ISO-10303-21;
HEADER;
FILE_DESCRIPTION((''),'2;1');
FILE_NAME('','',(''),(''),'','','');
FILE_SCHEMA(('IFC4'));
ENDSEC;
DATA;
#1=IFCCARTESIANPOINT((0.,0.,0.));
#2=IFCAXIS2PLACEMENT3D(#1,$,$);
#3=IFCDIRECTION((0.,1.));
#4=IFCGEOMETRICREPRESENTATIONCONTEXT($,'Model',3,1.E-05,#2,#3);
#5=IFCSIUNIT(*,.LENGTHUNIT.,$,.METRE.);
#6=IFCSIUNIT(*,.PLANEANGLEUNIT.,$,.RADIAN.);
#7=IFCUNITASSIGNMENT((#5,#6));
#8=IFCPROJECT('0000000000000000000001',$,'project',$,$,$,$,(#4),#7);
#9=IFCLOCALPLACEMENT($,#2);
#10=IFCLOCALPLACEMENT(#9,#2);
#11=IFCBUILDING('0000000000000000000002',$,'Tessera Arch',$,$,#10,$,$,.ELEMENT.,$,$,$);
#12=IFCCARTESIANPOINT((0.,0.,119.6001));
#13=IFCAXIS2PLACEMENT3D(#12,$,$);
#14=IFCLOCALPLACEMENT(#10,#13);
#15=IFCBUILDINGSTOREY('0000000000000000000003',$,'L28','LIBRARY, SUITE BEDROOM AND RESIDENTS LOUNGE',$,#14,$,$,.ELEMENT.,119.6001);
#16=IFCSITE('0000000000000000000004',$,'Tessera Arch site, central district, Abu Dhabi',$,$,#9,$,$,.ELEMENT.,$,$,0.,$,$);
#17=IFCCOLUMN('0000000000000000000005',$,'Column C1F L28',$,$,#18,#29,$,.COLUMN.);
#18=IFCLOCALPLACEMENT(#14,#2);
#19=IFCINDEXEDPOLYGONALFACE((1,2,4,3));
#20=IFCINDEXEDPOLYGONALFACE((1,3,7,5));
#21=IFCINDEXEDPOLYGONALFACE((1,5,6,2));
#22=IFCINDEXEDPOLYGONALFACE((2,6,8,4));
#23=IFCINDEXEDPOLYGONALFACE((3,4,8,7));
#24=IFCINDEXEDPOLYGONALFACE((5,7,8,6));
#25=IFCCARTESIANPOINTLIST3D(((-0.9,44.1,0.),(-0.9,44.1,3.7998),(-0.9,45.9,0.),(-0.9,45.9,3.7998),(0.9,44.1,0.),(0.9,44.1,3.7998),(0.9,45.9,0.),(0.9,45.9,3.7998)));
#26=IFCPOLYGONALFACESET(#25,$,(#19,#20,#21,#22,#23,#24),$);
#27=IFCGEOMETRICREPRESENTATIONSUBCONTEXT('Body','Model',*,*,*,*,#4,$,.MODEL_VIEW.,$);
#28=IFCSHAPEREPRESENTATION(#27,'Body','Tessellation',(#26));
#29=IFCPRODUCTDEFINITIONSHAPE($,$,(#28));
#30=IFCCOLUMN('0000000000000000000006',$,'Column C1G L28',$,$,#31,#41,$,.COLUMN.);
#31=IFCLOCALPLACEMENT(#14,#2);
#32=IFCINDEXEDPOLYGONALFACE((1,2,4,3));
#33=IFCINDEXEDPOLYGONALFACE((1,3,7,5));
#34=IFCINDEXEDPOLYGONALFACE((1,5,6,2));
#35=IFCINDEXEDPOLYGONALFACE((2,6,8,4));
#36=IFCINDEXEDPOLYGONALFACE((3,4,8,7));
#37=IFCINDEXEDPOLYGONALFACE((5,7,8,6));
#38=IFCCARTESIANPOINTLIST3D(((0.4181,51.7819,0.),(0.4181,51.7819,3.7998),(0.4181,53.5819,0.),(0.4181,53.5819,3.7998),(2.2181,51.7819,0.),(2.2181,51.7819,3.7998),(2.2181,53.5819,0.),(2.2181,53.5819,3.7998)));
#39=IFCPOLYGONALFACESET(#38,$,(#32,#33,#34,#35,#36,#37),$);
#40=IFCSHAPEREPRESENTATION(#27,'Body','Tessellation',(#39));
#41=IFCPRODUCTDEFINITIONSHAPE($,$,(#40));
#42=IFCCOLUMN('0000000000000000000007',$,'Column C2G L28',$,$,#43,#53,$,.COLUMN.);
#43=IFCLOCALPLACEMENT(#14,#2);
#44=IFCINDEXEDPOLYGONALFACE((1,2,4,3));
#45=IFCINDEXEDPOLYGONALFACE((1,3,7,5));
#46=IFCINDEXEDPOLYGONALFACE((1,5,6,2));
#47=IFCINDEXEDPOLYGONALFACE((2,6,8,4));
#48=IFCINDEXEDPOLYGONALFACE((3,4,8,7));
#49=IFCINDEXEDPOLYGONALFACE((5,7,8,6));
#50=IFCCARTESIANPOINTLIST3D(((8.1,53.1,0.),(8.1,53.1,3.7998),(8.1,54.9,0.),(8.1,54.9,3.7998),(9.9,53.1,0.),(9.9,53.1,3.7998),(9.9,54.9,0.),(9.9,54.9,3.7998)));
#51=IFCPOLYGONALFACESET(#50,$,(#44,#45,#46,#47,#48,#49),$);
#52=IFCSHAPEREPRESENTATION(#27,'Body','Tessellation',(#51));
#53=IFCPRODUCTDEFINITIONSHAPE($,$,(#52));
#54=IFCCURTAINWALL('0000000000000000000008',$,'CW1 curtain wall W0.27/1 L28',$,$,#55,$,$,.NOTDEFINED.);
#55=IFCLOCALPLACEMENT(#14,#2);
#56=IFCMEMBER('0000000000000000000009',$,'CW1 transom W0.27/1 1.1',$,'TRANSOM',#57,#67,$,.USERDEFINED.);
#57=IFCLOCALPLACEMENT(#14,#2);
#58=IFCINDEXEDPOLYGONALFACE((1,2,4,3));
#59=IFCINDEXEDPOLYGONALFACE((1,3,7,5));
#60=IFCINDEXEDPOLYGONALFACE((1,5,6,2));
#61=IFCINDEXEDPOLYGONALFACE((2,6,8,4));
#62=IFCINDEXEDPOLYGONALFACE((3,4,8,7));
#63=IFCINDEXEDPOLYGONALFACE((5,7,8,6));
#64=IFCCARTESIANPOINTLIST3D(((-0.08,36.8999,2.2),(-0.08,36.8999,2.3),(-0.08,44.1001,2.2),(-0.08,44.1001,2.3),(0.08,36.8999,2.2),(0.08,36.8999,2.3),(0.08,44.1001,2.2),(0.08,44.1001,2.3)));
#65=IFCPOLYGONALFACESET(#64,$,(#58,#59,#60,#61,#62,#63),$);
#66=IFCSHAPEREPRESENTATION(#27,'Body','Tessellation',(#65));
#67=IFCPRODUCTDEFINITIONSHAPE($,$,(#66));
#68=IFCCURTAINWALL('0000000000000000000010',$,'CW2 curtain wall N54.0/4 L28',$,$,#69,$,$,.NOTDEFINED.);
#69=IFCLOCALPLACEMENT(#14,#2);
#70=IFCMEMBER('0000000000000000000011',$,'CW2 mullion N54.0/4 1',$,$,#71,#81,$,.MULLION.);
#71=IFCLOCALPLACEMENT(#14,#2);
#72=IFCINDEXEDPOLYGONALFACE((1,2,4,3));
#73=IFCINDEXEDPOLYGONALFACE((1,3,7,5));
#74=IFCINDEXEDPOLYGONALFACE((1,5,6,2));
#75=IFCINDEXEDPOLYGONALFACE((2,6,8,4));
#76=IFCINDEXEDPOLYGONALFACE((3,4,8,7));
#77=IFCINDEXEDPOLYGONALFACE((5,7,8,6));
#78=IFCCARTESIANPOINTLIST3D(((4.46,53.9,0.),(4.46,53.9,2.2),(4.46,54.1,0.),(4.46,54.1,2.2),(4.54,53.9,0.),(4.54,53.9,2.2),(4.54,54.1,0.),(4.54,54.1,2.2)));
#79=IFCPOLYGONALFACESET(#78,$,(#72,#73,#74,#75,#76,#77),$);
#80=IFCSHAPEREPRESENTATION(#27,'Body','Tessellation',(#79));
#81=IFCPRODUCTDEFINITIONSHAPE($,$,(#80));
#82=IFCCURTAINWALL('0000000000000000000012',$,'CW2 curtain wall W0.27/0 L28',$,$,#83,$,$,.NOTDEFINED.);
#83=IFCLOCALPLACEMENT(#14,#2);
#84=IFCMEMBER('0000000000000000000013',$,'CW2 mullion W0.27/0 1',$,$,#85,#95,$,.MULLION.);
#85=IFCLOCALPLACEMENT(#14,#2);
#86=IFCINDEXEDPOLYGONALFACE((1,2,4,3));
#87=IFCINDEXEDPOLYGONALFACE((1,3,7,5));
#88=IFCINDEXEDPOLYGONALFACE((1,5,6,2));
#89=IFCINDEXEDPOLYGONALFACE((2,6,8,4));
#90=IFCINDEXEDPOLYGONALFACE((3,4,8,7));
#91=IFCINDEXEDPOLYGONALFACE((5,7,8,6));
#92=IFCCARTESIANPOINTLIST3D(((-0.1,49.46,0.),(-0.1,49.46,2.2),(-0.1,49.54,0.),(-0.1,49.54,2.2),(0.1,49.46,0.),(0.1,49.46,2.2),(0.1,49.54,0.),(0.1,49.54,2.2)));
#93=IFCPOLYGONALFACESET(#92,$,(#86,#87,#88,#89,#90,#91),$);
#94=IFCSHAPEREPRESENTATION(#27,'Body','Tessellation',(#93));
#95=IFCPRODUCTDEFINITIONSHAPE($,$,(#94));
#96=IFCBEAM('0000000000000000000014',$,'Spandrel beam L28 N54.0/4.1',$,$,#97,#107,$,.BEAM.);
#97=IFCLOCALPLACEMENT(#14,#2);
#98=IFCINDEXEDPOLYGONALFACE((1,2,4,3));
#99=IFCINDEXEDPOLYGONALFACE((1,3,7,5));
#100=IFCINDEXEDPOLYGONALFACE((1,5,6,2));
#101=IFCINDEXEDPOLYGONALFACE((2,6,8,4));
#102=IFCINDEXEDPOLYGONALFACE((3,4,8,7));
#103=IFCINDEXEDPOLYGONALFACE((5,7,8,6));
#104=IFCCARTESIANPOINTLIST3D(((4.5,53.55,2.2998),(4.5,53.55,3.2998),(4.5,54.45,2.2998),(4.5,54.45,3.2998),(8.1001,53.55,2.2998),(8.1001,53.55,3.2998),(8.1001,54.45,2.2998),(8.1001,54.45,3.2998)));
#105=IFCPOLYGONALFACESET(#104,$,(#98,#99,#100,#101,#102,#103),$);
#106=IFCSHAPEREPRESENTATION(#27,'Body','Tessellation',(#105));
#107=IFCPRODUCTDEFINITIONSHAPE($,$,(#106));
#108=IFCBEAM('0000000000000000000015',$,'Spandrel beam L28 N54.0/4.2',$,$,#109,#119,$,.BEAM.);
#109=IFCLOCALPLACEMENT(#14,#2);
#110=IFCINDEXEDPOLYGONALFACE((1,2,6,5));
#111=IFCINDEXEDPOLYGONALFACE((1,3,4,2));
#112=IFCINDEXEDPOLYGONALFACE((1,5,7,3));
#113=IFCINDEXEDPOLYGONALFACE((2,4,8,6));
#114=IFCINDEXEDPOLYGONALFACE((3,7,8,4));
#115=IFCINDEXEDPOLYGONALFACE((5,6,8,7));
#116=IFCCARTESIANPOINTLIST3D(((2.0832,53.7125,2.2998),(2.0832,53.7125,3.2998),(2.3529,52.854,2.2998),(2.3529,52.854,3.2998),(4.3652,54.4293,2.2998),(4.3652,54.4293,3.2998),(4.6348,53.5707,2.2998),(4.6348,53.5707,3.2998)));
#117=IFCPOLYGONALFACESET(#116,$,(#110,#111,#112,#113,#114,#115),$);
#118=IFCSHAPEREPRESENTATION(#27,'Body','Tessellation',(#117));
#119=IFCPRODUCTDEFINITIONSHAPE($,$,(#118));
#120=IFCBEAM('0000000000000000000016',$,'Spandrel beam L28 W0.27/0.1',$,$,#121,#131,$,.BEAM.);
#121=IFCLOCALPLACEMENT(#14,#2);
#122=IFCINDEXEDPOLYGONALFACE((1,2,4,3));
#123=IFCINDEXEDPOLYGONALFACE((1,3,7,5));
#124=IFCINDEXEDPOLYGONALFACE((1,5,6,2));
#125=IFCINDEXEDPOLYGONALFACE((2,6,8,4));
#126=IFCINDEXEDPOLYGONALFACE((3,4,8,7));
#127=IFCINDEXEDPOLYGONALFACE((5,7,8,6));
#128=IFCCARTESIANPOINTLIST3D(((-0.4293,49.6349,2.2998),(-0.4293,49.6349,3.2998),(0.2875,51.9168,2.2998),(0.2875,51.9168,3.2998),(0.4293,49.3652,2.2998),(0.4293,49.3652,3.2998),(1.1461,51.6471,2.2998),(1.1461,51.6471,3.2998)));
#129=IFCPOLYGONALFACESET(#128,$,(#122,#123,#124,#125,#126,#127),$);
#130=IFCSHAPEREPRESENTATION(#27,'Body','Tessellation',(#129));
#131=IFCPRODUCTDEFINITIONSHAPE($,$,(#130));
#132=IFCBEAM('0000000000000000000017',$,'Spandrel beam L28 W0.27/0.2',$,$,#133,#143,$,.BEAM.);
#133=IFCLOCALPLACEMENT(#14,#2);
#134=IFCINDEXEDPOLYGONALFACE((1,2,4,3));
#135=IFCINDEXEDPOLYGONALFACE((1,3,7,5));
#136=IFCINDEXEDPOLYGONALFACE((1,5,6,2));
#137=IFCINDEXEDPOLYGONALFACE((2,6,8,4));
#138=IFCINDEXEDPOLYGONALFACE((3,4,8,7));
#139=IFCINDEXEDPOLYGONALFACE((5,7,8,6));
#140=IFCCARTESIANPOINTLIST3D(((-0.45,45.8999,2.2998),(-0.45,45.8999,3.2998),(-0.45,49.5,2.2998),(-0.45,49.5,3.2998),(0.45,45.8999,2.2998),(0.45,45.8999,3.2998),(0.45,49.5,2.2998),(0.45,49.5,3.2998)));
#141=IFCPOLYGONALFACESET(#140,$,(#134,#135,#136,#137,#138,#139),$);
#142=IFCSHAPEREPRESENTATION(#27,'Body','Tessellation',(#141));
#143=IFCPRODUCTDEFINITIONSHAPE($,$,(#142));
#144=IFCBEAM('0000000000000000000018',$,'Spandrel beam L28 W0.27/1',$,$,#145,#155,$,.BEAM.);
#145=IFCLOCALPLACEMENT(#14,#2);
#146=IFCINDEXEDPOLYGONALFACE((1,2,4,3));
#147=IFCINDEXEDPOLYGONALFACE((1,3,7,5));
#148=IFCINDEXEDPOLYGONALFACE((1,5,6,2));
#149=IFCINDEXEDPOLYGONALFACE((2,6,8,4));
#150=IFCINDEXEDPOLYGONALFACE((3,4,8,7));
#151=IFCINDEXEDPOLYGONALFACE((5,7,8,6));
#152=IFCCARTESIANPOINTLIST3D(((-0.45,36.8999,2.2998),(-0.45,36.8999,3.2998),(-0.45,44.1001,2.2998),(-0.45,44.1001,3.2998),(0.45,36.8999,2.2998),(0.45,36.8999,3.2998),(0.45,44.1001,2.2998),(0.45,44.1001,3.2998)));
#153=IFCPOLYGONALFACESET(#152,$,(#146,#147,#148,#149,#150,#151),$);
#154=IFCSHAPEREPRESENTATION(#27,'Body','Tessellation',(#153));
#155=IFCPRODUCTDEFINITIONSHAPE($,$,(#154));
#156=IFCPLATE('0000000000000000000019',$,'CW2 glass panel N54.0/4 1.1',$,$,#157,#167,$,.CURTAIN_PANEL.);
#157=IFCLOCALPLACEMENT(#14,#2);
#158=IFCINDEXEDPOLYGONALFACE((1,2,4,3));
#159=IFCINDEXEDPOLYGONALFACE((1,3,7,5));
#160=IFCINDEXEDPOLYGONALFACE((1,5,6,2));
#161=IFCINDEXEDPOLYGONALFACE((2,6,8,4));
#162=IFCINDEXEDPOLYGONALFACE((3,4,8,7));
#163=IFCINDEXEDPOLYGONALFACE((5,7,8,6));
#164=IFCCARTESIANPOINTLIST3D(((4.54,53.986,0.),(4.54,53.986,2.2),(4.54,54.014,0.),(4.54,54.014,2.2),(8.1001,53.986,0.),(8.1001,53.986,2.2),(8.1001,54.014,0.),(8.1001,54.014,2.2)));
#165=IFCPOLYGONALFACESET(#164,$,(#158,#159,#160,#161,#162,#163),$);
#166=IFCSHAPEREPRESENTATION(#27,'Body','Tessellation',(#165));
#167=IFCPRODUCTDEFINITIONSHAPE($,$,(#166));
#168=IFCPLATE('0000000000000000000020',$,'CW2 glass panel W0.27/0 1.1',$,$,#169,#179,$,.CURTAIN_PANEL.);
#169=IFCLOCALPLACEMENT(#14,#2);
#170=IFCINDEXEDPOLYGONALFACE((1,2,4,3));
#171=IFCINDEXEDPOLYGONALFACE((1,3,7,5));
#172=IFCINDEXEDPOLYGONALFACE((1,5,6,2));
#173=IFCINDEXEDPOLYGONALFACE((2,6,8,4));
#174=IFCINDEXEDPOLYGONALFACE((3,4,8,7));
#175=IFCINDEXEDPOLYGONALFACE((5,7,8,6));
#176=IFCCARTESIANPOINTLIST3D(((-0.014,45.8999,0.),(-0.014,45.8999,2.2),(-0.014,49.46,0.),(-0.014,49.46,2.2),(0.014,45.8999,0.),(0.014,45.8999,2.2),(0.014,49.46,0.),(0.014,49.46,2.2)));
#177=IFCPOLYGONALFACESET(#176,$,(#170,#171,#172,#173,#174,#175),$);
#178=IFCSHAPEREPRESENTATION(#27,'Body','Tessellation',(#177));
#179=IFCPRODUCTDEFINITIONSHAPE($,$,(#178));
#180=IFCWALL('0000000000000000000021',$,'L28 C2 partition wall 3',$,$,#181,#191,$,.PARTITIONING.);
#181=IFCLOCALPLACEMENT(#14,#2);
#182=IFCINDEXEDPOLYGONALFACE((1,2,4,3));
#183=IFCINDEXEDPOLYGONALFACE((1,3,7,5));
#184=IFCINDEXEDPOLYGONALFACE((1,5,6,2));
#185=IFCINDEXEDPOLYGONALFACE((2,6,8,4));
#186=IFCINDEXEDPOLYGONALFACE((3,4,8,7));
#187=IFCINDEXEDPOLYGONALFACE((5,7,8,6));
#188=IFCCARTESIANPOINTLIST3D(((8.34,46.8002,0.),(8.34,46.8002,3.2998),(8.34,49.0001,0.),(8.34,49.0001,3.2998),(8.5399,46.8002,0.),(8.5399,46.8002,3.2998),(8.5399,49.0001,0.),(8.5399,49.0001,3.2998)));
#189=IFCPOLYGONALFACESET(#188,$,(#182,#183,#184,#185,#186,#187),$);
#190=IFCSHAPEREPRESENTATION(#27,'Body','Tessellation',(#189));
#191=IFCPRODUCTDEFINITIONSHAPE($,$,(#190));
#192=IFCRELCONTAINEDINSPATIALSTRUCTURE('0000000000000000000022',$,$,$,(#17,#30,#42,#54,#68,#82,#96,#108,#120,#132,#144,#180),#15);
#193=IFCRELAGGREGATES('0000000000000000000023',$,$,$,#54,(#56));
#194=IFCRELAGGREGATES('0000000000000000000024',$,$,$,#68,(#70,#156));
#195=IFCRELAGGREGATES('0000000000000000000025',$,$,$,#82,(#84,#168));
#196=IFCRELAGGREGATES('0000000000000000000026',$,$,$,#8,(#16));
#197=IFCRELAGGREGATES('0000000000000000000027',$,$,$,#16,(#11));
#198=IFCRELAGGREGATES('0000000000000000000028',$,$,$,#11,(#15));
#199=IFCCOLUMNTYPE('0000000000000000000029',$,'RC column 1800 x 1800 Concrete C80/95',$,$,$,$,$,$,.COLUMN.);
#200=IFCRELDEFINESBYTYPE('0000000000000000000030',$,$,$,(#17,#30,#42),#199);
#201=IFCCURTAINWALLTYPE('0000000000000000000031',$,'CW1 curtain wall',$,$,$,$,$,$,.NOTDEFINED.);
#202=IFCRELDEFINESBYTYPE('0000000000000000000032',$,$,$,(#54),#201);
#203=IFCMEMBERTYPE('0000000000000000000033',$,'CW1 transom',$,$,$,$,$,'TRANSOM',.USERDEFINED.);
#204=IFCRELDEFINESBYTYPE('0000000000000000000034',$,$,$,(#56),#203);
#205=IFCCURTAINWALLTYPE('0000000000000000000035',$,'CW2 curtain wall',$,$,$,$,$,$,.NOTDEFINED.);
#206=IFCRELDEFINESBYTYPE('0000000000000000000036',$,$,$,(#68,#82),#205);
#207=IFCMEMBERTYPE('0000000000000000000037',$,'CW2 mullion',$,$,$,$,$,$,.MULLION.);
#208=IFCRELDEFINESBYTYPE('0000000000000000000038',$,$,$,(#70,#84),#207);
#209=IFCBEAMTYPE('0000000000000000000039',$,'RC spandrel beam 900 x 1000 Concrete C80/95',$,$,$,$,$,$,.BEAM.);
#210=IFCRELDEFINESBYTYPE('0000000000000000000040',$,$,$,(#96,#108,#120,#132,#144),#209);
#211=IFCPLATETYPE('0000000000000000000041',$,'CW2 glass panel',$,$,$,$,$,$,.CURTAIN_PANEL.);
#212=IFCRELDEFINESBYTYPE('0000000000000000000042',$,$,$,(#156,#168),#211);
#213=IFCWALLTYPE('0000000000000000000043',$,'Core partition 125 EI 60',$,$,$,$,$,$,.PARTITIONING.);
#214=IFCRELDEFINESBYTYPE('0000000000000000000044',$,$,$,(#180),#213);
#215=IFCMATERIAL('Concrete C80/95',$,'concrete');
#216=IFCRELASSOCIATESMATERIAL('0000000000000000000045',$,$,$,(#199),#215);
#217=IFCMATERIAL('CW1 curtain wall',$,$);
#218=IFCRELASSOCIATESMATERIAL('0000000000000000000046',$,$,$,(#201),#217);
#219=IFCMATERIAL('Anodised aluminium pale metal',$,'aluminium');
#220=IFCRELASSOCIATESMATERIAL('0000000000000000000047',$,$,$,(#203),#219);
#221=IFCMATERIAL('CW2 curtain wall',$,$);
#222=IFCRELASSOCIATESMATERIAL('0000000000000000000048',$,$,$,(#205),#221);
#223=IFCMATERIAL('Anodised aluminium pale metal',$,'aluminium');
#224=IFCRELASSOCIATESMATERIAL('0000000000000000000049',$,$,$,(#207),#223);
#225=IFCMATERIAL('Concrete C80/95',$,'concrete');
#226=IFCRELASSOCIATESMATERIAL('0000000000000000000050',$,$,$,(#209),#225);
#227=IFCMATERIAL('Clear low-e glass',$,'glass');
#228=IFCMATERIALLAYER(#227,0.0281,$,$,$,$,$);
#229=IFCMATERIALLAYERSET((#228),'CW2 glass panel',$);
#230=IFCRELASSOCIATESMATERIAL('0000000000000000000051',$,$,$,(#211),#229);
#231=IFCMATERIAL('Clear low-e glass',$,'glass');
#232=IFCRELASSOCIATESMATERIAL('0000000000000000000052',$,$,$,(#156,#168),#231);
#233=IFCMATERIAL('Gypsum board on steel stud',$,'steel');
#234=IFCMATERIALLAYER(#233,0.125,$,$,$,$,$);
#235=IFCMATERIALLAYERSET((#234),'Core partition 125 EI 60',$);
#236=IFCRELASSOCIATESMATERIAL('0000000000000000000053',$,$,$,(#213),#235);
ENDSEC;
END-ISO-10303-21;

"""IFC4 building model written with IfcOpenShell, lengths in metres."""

from ifc_helpers import new_model, si_unit, direction, frame, frame_2d, origin, origin_2d, place, context, subcontext, project, spatial, rectangle, extrude, material, layer, layer_set, material_profile, profile_set, type_object, element, aggregate, save


model = new_model("IFC4")

# Units and contexts
model_context = context("Model", 3, precision=1e-05, world=origin(), true_north=direction((0.0, 1.0)))
body_context = subcontext(model_context, "Body", "Model", "MODEL_VIEW")
ifc_project = project(units=[si_unit("LENGTHUNIT", "METRE"), si_unit("PLANEANGLEUNIT", "RADIAN")], contexts=[model_context])

# Site, building, storey
site_placement = place(None, origin())
site = spatial("IfcSite", under=ifc_project, at=site_placement, Name="Tessera Arch site, central district, Abu Dhabi", CompositionType="ELEMENT", RefElevation=0.0)
building_placement = place(site_placement, origin())
building = spatial("IfcBuilding", under=site, at=building_placement, Name="Tessera Arch", CompositionType="ELEMENT")
storey_placement = place(building_placement, frame((0.0, 0.0, 119.6001)))
storey = spatial("IfcBuildingStorey", under=building, at=storey_placement, Name="L28", Description="LIBRARY, SUITE BEDROOM AND RESIDENTS LOUNGE", CompositionType="ELEMENT", Elevation=119.6001)

# Columns
ifc_material_1 = material(Name="Concrete C80/95", Category="concrete")
ifc_material_profile_1 = material_profile(ifc_material_1, rectangle(XDim=1.8, YDim=1.8, at=origin_2d()), Name="RC column 1800 x 1800 Concrete C80/95")
ifc_profile_set_1 = profile_set([ifc_material_profile_1], Name="Concrete C80/95")
column_type = type_object("IfcColumnType", Name="RC column 1800 x 1800 Concrete C80/95", PredefinedType="COLUMN", material=ifc_profile_set_1)
for number, where, z_axis, x_axis, name in (
    (1, (0.0, 45.0, 0.0), (0.0, 0.0, 1.0), (1.0, 0.0, 0.0), "Column C1F L28"),
    (2, (1.3181, 52.6819, 0.0), (0.0, 0.0, 1.0), (1.0, 0.0, 0.0), "Column C1G L28"),
    (3, (9.0, 54.0, 0.0), (0.0, 0.0, 1.0), (1.0, 0.0, 0.0), "Column C2G L28"),
):
    element("IfcColumn", number, at=place(storey_placement, frame(where, z_axis=z_axis, x_axis=x_axis)), inside=storey, type_object=column_type, Name=name, PredefinedType="COLUMN", context=body_context, shape_type="SweptSolid", body=[
        extrude(rectangle(XDim=1.8, YDim=1.8, at=origin_2d()), origin(), (0.0, 0.0, 1.0), 3.7998),
    ])

# Curtain walls, members
ifc_material_2 = material(Name="CW1 curtain wall")
curtain_wall_type_1 = type_object("IfcCurtainWallType", Name="CW1 curtain wall", PredefinedType="NOTDEFINED", material=ifc_material_2)
curtain_wall_1_placement = place(storey_placement, origin())
curtain_wall_1 = element("IfcCurtainWall", 4, at=curtain_wall_1_placement, inside=storey, type_object=curtain_wall_type_1, Name="CW1 curtain wall W0.27/1 L28", PredefinedType="NOTDEFINED")
ifc_material_3 = material(Name="Anodised aluminium pale metal", Category="aluminium")
ifc_material_profile_2 = material_profile(ifc_material_3, rectangle(XDim=0.1599, YDim=0.1001, at=origin_2d()), Name="AL 160x100")
ifc_profile_set_2 = profile_set([ifc_material_profile_2], Name="Anodised aluminium pale metal")
member_type_1 = type_object("IfcMemberType", Name="CW1 transom", ElementType="TRANSOM", PredefinedType="USERDEFINED", material=ifc_profile_set_2)
member_1_placement = place(storey_placement, frame((0.0, 44.1001, 2.25), z_axis=(0.0, -1.0, 0.0), x_axis=(1.0, 0.0, 0.0)))
member_1 = element("IfcMember", 5, at=member_1_placement, type_object=member_type_1, Name="CW1 transom W0.27/1 1.1", ObjectType="TRANSOM", PredefinedType="USERDEFINED", context=body_context, shape_type="SweptSolid", body=[
    extrude(rectangle(XDim=0.1599, YDim=0.1001, at=origin_2d()), origin(), (0.0, 0.0, 1.0), 7.2002),
])
aggregate(curtain_wall_1, [member_1])
ifc_material_4 = material(Name="CW2 curtain wall")
curtain_wall_type_2 = type_object("IfcCurtainWallType", Name="CW2 curtain wall", PredefinedType="NOTDEFINED", material=ifc_material_4)
curtain_wall_2_placement = place(storey_placement, origin())
curtain_wall_2 = element("IfcCurtainWall", 6, at=curtain_wall_2_placement, inside=storey, type_object=curtain_wall_type_2, Name="CW2 curtain wall N54.0/4 L28", PredefinedType="NOTDEFINED")
ifc_material_5 = material(Name="Anodised aluminium pale metal", Category="aluminium")
ifc_material_profile_3 = material_profile(ifc_material_5, rectangle(XDim=0.2, YDim=0.0801, at=origin_2d()), Name="AL 80x200")
ifc_profile_set_3 = profile_set([ifc_material_profile_3], Name="Anodised aluminium pale metal")
member_type_2 = type_object("IfcMemberType", Name="CW2 mullion", PredefinedType="MULLION", material=ifc_profile_set_3)
member_2_placement = place(storey_placement, frame((4.5, 54.0, 0.0), z_axis=(0.0, 0.0, 1.0), x_axis=(0.0, -1.0, 0.0)))
member_2 = element("IfcMember", 7, at=member_2_placement, type_object=member_type_2, Name="CW2 mullion N54.0/4 1", PredefinedType="MULLION", context=body_context, shape_type="SweptSolid", body=[
    extrude(rectangle(XDim=0.2, YDim=0.0801, at=origin_2d()), origin(), (0.0, 0.0, 1.0), 2.2),
])
curtain_wall_3_placement = place(storey_placement, origin())
curtain_wall_3 = element("IfcCurtainWall", 8, at=curtain_wall_3_placement, inside=storey, type_object=curtain_wall_type_2, Name="CW2 curtain wall W0.27/0 L28", PredefinedType="NOTDEFINED")
member_3_placement = place(storey_placement, frame((0.0, 49.5, 0.0), z_axis=(0.0, 0.0, 1.0), x_axis=(1.0, 0.0, 0.0)))
member_3 = element("IfcMember", 9, at=member_3_placement, type_object=member_type_2, Name="CW2 mullion W0.27/0 1", PredefinedType="MULLION", context=body_context, shape_type="SweptSolid", body=[
    extrude(rectangle(XDim=0.2, YDim=0.0801, at=origin_2d()), origin(), (0.0, 0.0, 1.0), 2.2),
])

# Beams
ifc_material_6 = material(Name="Concrete C80/95", Category="concrete")
ifc_material_profile_4 = material_profile(ifc_material_6, rectangle(XDim=0.8999, YDim=1.0, at=origin_2d()), Name="RC spandrel beam 900 x 1000 Concrete C80/95")
ifc_profile_set_4 = profile_set([ifc_material_profile_4], Name="Concrete C80/95")
beam_type = type_object("IfcBeamType", Name="RC spandrel beam 900 x 1000 Concrete C80/95", PredefinedType="BEAM", material=ifc_profile_set_4)
beam_1_placement = place(storey_placement, frame((8.1001, 54.0, 2.7998), z_axis=(-1.0, 0.0, 0.0), x_axis=(0.0, -1.0, 0.0)))
element("IfcBeam", 10, at=beam_1_placement, inside=storey, type_object=beam_type, Name="Spandrel beam L28 N54.0/4.1", PredefinedType="BEAM", context=body_context, shape_type="SweptSolid", body=[
    extrude(rectangle(XDim=0.8999, YDim=1.0, at=origin_2d()), origin(), (0.0, 0.0, 1.0), 3.6001),
])
for number, where, z_axis, x_axis, name in (
    (11, (4.5, 54.0, 2.7998), (-0.954041, -0.299675, 0.0), (0.299675, -0.954041, 0.0), "Spandrel beam L28 N54.0/4.2"),
    (12, (0.7168, 51.782, 2.7998), (-0.299675, -0.954041, 0.0), (0.954041, -0.299675, 0.0), "Spandrel beam L28 W0.27/0.1"),
):
    element("IfcBeam", number, at=place(storey_placement, frame(where, z_axis=z_axis, x_axis=x_axis)), inside=storey, type_object=beam_type, Name=name, PredefinedType="BEAM", context=body_context, shape_type="SweptSolid", body=[
        extrude(rectangle(XDim=0.8999, YDim=1.0, at=origin_2d()), origin(), (0.0, 0.0, 1.0), 2.3918),
    ])
beam_2_placement = place(storey_placement, frame((0.0, 49.5, 2.7998), z_axis=(0.0, -1.0, 0.0), x_axis=(1.0, 0.0, 0.0)))
element("IfcBeam", 13, at=beam_2_placement, inside=storey, type_object=beam_type, Name="Spandrel beam L28 W0.27/0.2", PredefinedType="BEAM", context=body_context, shape_type="SweptSolid", body=[
    extrude(rectangle(XDim=0.8999, YDim=1.0, at=origin_2d()), origin(), (0.0, 0.0, 1.0), 3.6001),
])
beam_3_placement = place(storey_placement, frame((0.0, 44.1001, 2.7998), z_axis=(0.0, -1.0, 0.0), x_axis=(1.0, 0.0, 0.0)))
element("IfcBeam", 14, at=beam_3_placement, inside=storey, type_object=beam_type, Name="Spandrel beam L28 W0.27/1", PredefinedType="BEAM", context=body_context, shape_type="SweptSolid", body=[
    extrude(rectangle(XDim=0.8999, YDim=1.0, at=origin_2d()), origin(), (0.0, 0.0, 1.0), 7.2002),
])

# Plates
ifc_material_7 = material(Name="Clear low-e glass", Category="glass")
ifc_material_8 = material(Name="Clear low-e glass", Category="glass")
ifc_layer_1 = layer(ifc_material_8, 0.0281)
ifc_layer_set_1 = layer_set([ifc_layer_1], Name="CW2 glass panel")
plate_type = type_object("IfcPlateType", Name="CW2 glass panel", PredefinedType="CURTAIN_PANEL", material=ifc_layer_set_1)
plate_1_placement = place(storey_placement, frame((6.3201, 54.0, 0.0), z_axis=(0.0, 0.0, 1.0), x_axis=(-1.0, 0.0, 0.0)))
plate_1 = element("IfcPlate", 15, at=plate_1_placement, type_object=plate_type, material=ifc_material_7, Name="CW2 glass panel N54.0/4 1.1", PredefinedType="CURTAIN_PANEL", context=body_context, shape_type="SweptSolid", body=[
    extrude(rectangle(XDim=3.5601, YDim=0.0281, at=origin_2d()), origin(), (0.0, 0.0, 1.0), 2.2),
])
aggregate(curtain_wall_2, [member_2, plate_1])
plate_2_placement = place(storey_placement, frame((0.0, 47.6799, 0.0), z_axis=(0.0, 0.0, 1.0), x_axis=(0.0, -1.0, 0.0)))
plate_2 = element("IfcPlate", 16, at=plate_2_placement, type_object=plate_type, material=ifc_material_7, Name="CW2 glass panel W0.27/0 1.1", PredefinedType="CURTAIN_PANEL", context=body_context, shape_type="SweptSolid", body=[
    extrude(rectangle(XDim=3.5601, YDim=0.0281, at=origin_2d()), origin(), (0.0, 0.0, 1.0), 2.2),
])
aggregate(curtain_wall_3, [member_3, plate_2])

# Wall
ifc_material_9 = material(Name="Gypsum board on steel stud", Category="steel")
ifc_layer_2 = layer(ifc_material_9, 0.125)
ifc_layer_set_2 = layer_set([ifc_layer_2], Name="Core partition 125 EI 60")
wall_type_1 = type_object("IfcWallType", Name="Core partition 125 EI 60", PredefinedType="PARTITIONING", material=ifc_layer_set_2)
wall_1_placement = place(storey_placement, frame((8.4399, 46.8, 0.0), z_axis=(0.0, 0.0, 1.0), x_axis=(0.0, 1.0, 0.0)))
element("IfcWall", 17, at=wall_1_placement, inside=storey, type_object=wall_type_1, Name="L28 C2 partition wall 3", PredefinedType="PARTITIONING", context=body_context, shape_type="SweptSolid", body=[
    extrude(rectangle(XDim=2.2, YDim=0.2, at=frame_2d((1.1001, 0.0))), origin(), (0.0, 0.0, 1.0), 3.2998),
])

save(model, "model.ifc")
